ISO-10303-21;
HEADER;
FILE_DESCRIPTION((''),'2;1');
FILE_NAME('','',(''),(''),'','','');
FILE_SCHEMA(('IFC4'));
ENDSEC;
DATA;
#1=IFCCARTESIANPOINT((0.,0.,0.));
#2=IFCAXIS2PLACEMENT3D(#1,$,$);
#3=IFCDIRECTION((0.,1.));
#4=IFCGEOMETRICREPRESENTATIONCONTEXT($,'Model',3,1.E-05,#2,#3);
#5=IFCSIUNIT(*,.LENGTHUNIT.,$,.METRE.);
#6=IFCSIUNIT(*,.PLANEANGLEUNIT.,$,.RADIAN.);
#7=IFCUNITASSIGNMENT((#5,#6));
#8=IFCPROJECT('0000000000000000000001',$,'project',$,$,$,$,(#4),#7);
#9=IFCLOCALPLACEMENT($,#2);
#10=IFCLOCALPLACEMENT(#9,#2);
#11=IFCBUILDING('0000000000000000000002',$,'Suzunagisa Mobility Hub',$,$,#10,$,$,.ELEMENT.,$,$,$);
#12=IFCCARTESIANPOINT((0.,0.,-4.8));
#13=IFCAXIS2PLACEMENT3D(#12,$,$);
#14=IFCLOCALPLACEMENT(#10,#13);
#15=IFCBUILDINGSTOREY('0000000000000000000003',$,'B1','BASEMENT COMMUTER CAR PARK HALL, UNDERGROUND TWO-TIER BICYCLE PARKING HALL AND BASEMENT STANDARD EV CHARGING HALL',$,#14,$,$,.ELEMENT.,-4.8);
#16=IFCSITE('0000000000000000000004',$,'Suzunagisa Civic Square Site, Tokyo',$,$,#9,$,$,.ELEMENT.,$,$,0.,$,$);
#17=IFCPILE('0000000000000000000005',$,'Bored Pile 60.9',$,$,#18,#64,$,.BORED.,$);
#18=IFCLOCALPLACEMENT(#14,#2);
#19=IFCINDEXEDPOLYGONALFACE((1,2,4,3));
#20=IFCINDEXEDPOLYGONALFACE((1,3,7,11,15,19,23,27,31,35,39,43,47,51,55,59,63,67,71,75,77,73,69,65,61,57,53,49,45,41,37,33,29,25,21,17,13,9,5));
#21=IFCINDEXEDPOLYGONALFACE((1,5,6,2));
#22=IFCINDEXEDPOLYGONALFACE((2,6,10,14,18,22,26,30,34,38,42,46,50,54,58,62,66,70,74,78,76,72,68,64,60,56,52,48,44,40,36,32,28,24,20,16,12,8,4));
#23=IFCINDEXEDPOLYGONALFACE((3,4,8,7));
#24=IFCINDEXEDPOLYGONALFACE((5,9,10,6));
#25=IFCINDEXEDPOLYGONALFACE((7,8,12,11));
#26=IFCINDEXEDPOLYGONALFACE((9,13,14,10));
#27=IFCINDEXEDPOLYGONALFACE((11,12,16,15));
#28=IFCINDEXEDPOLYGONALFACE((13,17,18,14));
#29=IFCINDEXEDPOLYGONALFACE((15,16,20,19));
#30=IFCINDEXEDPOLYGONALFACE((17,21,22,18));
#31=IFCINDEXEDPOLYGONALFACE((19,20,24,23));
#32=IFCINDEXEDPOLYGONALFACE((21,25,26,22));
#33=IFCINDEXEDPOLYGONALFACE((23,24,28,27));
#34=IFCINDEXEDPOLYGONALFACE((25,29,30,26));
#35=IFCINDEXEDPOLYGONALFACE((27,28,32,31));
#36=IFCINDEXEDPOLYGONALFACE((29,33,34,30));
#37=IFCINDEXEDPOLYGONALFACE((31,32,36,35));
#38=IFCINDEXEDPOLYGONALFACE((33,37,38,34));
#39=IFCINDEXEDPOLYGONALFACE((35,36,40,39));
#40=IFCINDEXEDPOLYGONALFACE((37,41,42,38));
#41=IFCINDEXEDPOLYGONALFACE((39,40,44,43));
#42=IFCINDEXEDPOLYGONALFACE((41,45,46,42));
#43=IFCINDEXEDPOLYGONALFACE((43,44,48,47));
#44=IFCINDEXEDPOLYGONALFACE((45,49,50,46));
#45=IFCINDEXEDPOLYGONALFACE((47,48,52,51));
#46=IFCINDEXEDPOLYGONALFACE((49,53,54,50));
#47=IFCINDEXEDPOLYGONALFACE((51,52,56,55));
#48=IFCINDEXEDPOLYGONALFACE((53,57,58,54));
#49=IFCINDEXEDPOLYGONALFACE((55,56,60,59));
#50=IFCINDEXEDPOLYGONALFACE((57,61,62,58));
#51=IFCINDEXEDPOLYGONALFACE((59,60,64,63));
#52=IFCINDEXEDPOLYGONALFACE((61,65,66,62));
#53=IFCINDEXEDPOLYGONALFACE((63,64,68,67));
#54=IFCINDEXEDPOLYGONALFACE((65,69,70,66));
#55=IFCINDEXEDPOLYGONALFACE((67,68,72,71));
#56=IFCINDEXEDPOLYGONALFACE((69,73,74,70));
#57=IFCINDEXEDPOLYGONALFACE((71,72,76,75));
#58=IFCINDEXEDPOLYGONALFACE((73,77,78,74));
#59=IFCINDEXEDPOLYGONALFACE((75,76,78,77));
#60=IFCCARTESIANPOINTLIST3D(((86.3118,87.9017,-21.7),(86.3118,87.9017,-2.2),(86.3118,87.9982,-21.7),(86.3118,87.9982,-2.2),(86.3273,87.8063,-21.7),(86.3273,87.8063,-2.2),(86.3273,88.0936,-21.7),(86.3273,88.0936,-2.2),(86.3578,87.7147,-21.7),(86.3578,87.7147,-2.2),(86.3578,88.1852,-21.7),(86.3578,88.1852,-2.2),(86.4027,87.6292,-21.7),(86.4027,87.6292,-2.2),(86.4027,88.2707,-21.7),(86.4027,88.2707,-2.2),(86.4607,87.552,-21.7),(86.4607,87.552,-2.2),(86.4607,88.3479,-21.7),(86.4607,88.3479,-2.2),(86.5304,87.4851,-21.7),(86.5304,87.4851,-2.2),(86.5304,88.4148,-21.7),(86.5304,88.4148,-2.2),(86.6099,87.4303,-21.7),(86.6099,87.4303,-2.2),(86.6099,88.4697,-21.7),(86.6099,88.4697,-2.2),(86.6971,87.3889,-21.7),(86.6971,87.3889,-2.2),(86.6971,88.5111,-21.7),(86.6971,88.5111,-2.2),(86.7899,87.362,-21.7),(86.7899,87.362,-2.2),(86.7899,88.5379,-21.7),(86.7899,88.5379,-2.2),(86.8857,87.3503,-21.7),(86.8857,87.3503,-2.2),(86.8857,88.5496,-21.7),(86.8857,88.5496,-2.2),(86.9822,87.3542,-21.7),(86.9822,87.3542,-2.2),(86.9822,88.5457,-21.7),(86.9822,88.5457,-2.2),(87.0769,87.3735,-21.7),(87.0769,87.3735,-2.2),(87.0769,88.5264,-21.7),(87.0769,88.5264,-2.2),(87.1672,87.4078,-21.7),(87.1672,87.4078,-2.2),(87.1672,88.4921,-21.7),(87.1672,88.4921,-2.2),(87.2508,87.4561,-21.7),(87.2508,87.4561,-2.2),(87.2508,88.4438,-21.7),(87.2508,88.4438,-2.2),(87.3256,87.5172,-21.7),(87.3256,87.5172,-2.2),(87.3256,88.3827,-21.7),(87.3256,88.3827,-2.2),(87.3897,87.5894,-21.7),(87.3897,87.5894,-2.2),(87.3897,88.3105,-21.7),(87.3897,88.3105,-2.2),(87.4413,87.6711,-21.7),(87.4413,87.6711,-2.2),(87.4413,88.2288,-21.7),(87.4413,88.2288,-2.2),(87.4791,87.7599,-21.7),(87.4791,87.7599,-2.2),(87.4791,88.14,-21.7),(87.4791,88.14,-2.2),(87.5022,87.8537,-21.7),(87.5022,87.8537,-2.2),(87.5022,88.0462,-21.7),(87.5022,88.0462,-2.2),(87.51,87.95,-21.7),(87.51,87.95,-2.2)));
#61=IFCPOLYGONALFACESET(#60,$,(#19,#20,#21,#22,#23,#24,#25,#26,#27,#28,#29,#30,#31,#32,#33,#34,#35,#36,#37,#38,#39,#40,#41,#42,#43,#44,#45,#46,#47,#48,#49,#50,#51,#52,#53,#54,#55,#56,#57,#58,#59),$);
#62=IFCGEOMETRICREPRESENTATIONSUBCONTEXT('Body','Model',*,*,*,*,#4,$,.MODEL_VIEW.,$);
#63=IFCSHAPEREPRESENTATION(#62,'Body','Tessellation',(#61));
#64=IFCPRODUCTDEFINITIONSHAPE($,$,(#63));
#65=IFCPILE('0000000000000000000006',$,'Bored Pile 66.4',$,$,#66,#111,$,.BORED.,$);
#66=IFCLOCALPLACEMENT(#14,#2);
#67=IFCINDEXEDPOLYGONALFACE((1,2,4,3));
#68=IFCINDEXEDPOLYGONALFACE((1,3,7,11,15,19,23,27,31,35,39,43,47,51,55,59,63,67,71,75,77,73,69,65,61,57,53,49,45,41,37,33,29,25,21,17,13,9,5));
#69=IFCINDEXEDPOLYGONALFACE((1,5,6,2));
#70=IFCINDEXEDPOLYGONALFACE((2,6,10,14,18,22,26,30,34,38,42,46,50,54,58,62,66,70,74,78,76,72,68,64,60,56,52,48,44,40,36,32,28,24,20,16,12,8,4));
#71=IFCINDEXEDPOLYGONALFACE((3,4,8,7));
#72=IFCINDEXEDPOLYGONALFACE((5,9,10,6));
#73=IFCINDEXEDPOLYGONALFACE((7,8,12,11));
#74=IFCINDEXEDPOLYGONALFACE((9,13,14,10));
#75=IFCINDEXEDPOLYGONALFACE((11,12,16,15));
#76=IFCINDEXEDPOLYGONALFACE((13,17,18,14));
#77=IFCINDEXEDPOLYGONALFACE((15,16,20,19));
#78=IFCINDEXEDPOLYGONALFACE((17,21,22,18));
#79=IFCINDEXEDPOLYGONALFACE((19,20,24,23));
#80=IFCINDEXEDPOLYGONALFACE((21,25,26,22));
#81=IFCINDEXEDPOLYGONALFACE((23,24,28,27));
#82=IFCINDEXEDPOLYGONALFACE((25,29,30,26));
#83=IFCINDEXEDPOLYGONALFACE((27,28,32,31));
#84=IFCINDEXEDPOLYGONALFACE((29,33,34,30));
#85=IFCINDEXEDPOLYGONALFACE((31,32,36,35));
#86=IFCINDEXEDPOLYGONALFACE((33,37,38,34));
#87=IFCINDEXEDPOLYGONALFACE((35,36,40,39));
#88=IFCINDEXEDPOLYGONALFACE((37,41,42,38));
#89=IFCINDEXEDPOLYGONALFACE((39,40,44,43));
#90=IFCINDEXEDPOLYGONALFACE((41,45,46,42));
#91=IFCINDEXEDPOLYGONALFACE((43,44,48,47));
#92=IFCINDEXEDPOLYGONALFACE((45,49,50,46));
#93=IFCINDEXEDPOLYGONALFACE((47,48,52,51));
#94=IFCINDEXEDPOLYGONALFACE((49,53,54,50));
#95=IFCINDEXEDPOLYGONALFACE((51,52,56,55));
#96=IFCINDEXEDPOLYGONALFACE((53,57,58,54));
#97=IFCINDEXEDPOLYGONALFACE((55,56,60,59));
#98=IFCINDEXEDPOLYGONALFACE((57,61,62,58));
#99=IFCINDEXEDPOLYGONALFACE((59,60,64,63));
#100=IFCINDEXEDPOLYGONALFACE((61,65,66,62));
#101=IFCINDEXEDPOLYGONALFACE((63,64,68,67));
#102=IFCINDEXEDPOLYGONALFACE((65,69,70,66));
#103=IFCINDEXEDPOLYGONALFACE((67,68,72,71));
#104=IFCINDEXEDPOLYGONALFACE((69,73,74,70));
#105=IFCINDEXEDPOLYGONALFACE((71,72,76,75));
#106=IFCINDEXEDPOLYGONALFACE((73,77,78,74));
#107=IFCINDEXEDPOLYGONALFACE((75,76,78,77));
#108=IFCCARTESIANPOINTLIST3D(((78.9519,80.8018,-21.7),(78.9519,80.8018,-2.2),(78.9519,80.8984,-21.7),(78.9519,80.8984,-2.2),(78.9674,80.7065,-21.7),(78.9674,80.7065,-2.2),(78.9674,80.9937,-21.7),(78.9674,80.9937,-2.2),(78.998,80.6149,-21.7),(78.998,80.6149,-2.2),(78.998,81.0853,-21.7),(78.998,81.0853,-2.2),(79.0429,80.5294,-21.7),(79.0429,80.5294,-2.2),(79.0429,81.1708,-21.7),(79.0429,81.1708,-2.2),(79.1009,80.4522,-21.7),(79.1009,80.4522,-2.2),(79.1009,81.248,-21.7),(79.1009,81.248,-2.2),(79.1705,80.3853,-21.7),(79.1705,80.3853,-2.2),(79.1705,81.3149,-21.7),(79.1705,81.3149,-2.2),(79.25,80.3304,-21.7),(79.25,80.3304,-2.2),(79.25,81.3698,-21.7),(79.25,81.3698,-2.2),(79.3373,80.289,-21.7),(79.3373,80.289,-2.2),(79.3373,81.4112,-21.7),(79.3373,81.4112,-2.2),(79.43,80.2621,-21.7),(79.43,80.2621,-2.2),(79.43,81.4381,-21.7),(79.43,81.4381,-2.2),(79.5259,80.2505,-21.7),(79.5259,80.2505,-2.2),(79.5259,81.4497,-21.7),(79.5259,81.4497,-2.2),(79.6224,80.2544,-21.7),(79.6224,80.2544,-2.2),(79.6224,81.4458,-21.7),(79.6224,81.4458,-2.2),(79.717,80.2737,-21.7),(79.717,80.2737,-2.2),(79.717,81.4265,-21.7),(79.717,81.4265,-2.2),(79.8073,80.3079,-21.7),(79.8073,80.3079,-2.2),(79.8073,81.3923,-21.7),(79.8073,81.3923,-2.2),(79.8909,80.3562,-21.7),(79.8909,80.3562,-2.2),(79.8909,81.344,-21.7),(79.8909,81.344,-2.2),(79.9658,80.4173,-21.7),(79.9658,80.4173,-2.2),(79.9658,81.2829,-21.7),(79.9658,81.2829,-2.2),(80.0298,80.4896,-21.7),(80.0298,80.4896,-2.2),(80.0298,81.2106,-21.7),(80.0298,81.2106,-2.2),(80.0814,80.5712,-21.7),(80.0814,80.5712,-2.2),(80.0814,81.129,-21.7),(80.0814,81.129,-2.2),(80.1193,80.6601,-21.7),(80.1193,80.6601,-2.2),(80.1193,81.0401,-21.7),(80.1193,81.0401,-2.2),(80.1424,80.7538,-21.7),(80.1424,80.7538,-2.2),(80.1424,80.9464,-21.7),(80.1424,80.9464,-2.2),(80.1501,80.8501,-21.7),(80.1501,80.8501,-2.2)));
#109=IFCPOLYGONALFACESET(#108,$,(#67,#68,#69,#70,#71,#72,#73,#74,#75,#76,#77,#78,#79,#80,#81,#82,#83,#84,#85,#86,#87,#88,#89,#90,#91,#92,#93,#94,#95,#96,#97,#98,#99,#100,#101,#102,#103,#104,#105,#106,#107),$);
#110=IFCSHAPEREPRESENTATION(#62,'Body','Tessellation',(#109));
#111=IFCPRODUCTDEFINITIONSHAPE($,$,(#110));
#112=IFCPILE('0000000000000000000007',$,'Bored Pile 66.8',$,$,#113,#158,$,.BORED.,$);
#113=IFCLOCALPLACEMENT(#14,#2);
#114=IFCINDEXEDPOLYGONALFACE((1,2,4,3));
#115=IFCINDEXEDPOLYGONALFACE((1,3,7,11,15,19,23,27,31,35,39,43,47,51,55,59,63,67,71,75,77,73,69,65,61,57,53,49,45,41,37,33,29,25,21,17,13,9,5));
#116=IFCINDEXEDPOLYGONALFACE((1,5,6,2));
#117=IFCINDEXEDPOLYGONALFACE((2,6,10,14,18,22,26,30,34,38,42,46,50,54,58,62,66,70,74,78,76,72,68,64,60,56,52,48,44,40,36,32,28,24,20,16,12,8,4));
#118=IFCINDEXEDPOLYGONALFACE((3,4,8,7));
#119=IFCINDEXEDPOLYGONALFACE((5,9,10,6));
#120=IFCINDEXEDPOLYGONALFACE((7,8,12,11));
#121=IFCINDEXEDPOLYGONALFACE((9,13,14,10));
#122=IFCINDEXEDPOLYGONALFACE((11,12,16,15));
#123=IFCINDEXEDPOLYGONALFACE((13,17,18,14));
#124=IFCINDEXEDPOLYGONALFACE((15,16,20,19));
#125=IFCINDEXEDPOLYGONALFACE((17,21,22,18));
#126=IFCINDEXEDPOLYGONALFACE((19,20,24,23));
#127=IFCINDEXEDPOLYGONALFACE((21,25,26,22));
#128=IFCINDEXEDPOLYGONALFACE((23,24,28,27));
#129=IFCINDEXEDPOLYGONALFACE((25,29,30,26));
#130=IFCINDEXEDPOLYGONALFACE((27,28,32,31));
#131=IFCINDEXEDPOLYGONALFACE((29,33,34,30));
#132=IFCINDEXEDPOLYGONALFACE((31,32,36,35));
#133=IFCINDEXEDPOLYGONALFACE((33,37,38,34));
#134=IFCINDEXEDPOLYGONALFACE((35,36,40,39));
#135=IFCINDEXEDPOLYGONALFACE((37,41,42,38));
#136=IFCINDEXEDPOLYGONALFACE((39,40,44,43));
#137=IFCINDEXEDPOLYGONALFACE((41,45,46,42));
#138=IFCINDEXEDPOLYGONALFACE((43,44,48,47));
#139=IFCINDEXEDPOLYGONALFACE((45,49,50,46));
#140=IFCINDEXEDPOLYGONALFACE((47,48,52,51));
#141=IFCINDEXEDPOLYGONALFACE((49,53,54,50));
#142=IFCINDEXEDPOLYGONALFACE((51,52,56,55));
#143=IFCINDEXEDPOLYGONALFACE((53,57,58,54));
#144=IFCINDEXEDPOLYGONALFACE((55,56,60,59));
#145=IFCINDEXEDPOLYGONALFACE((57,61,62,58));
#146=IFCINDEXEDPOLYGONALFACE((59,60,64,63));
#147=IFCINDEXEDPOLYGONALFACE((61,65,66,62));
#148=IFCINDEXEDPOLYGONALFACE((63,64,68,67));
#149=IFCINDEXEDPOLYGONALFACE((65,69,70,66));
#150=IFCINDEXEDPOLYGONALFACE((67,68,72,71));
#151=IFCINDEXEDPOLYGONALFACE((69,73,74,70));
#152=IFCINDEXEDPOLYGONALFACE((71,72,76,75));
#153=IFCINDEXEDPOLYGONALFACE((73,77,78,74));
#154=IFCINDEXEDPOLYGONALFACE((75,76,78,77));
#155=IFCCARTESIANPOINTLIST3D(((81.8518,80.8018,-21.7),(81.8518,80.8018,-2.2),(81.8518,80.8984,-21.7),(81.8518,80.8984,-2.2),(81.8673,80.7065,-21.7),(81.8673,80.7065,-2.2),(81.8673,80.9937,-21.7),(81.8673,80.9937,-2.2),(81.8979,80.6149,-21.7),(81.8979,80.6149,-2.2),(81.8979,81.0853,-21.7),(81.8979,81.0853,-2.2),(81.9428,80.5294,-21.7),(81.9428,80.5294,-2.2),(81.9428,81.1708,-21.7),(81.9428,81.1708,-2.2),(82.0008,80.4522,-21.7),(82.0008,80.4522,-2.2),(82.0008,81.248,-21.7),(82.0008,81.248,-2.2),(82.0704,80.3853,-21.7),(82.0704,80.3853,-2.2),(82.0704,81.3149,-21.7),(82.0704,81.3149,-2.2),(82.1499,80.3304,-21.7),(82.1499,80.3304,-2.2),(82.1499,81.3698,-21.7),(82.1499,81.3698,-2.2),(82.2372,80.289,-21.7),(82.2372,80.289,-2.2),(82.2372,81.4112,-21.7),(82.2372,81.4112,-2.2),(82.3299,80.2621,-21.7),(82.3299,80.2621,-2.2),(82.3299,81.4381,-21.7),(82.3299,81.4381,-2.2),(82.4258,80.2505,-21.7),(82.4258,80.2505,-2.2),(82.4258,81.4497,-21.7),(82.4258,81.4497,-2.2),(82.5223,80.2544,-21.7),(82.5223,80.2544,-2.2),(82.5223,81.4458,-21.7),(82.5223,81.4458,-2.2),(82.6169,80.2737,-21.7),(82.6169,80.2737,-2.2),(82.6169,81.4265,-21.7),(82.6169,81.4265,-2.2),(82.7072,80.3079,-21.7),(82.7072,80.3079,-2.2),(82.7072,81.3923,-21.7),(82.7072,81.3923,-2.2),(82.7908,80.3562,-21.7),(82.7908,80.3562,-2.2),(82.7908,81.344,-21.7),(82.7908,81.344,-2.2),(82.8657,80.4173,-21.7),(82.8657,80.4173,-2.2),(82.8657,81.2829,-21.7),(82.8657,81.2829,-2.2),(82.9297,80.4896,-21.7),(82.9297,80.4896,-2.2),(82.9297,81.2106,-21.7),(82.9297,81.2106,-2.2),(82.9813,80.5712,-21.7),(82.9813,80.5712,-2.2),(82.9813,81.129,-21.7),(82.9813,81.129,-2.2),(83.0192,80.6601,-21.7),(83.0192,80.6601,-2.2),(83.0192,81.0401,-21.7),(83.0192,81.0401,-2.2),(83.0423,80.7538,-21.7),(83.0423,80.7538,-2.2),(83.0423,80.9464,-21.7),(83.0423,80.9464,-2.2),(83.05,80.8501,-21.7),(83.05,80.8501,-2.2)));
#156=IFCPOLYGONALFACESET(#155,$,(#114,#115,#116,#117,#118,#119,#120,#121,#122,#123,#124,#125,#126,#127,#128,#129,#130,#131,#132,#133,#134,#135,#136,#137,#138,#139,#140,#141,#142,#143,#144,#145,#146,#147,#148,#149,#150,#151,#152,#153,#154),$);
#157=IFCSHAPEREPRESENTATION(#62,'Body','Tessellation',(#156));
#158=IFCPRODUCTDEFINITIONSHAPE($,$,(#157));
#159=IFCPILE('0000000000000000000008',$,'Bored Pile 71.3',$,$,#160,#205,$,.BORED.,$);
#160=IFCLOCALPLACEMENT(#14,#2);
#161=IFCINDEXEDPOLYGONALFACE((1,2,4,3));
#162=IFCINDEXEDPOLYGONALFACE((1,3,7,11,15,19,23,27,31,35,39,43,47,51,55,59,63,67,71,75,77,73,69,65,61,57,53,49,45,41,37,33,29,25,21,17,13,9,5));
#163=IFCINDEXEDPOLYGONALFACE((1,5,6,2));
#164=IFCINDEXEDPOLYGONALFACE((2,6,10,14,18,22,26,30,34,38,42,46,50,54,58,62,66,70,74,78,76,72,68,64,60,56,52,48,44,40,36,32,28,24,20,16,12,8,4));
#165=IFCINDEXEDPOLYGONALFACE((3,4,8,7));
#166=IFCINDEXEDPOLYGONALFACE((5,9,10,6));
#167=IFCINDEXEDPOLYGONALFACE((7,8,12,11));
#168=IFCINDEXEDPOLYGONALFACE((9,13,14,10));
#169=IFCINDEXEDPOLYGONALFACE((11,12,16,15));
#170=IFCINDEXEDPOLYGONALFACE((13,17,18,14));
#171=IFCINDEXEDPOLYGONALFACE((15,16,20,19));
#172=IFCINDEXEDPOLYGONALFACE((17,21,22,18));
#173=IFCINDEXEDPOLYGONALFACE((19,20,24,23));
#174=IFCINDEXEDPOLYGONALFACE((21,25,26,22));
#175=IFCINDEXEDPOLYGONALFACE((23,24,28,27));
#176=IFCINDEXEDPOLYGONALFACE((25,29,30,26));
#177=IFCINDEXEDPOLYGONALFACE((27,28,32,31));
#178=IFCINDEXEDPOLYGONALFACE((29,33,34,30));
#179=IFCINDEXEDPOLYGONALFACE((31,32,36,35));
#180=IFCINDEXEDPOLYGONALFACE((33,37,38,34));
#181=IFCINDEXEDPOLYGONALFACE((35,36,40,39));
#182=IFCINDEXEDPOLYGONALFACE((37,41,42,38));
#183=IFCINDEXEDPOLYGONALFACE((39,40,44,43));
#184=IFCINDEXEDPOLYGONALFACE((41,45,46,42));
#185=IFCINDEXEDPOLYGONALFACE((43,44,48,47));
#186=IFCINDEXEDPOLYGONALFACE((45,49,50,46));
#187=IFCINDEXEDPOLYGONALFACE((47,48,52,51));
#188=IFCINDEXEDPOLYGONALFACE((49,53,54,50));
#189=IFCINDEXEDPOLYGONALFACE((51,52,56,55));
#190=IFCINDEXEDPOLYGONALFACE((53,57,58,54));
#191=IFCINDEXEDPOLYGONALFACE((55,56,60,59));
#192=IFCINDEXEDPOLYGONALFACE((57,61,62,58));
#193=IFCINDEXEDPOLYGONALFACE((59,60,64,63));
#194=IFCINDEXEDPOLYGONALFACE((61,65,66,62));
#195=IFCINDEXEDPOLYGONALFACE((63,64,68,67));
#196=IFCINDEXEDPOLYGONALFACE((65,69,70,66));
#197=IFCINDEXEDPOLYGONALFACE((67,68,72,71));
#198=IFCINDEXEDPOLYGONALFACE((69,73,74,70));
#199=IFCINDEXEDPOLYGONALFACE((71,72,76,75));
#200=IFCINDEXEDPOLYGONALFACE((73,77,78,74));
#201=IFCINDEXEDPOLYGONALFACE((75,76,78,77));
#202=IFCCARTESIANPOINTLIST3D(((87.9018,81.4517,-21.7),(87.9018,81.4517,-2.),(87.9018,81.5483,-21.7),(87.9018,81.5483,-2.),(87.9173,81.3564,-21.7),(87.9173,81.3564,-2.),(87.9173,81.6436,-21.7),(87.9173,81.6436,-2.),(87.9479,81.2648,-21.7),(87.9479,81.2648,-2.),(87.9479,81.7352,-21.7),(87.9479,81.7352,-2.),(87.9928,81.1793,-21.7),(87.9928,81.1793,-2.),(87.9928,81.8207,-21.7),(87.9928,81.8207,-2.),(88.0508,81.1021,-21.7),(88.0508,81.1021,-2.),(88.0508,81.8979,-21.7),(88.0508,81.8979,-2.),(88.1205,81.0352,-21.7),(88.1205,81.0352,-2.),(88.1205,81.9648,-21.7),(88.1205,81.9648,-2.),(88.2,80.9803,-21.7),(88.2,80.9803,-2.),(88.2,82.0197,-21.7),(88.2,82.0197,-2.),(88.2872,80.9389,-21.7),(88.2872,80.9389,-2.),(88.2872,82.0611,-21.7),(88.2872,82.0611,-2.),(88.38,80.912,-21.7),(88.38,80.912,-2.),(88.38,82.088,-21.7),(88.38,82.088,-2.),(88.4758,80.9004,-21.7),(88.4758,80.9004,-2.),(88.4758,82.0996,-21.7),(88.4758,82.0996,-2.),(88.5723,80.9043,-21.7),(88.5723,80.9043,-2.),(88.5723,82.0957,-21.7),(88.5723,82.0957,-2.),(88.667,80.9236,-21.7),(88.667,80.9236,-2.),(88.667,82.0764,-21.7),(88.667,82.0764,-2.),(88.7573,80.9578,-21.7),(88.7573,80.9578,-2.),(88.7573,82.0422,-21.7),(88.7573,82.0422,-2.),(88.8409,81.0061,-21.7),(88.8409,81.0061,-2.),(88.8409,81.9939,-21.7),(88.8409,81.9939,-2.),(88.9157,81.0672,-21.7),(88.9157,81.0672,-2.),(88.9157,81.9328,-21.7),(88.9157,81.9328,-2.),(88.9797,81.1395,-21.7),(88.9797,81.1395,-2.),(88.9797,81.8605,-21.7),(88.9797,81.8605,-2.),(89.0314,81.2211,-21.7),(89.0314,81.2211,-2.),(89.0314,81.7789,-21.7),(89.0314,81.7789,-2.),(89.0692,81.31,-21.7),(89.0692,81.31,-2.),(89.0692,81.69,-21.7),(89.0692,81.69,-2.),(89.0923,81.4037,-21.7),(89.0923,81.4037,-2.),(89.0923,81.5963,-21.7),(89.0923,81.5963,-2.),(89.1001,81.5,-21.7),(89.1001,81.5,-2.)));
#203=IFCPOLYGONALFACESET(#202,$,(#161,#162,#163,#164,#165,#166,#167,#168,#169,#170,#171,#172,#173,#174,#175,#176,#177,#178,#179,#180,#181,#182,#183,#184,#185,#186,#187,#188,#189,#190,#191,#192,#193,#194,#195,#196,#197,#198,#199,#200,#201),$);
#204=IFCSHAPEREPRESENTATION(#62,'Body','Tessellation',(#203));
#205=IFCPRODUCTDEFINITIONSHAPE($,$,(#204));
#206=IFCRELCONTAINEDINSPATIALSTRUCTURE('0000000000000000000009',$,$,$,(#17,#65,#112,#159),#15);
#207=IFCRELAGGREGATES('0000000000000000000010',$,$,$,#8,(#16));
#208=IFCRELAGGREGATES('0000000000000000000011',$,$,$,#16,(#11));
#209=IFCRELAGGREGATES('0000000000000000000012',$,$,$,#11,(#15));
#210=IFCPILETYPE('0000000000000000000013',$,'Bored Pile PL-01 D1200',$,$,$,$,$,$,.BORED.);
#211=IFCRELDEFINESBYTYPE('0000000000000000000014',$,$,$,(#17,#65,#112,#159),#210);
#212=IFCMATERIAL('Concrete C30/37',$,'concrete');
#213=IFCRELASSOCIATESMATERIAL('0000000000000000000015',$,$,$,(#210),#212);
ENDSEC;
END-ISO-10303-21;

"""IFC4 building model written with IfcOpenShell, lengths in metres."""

from ifc_helpers import new_model, si_unit, direction, frame, origin, origin_2d, place, context, subcontext, project, spatial, circle, extrude, material, material_profile, profile_set, type_object, element, save


model = new_model("IFC4")

# Units and contexts
model_context = context("Model", 3, precision=1e-05, world=origin(), true_north=direction((0.0, 1.0)))
body_context = subcontext(model_context, "Body", "Model", "MODEL_VIEW")
ifc_project = project(units=[si_unit("LENGTHUNIT", "METRE"), si_unit("PLANEANGLEUNIT", "RADIAN")], contexts=[model_context])

# Site, building, storey
site_placement = place(None, origin())
site = spatial("IfcSite", under=ifc_project, at=site_placement, Name="Suzunagisa Civic Square Site, Tokyo", CompositionType="ELEMENT", RefElevation=0.0)
building_placement = place(site_placement, origin())
building = spatial("IfcBuilding", under=site, at=building_placement, Name="Suzunagisa Mobility Hub", CompositionType="ELEMENT")
storey_placement = place(building_placement, frame((0.0, 0.0, -4.8)))
storey = spatial("IfcBuildingStorey", under=building, at=storey_placement, Name="B1", Description="BASEMENT COMMUTER CAR PARK HALL, UNDERGROUND TWO-TIER BICYCLE PARKING HALL AND BASEMENT STANDARD EV CHARGING HALL", CompositionType="ELEMENT", Elevation=-4.8)

# Piles
ifc_material_1 = material(Name="Concrete C30/37", Category="concrete")
ifc_material_profile_1 = material_profile(ifc_material_1, circle(Radius=0.6001, at=origin_2d()), Name="BORED PILE D1200")
ifc_profile_set_1 = profile_set([ifc_material_profile_1], Name="Concrete C30/37")
pile_type = type_object("IfcPileType", Name="Bored Pile PL-01 D1200", PredefinedType="BORED", material=ifc_profile_set_1)
for number, where, z_axis, x_axis, name in (
    (1, (86.9099, 87.95, -2.2), (0.0, 0.0, -1.0), (1.0, 0.0, 0.0), "Bored Pile 60.9"),
    (2, (79.55, 80.8501, -2.2), (0.0, 0.0, -1.0), (1.0, 0.0, 0.0), "Bored Pile 66.4"),
    (3, (82.45, 80.8501, -2.2), (0.0, 0.0, -1.0), (1.0, 0.0, 0.0), "Bored Pile 66.8"),
):
    element("IfcPile", number, at=place(storey_placement, frame(where, z_axis=z_axis, x_axis=x_axis)), inside=storey, type_object=pile_type, Name=name, PredefinedType="BORED", context=body_context, shape_type="SweptSolid", body=[
        extrude(circle(Radius=0.6001, at=origin_2d()), origin(), (0.0, 0.0, 1.0), 19.5),
    ])
pile_placement = place(storey_placement, frame((88.5, 81.5, -2.0), z_axis=(0.0, 0.0, -1.0), x_axis=(1.0, 0.0, 0.0)))
element("IfcPile", 4, at=pile_placement, inside=storey, type_object=pile_type, Name="Bored Pile 71.3", PredefinedType="BORED", context=body_context, shape_type="SweptSolid", body=[
    extrude(circle(Radius=0.6001, at=origin_2d()), origin(), (0.0, 0.0, 1.0), 19.7),
])

save(model, "model.ifc")
